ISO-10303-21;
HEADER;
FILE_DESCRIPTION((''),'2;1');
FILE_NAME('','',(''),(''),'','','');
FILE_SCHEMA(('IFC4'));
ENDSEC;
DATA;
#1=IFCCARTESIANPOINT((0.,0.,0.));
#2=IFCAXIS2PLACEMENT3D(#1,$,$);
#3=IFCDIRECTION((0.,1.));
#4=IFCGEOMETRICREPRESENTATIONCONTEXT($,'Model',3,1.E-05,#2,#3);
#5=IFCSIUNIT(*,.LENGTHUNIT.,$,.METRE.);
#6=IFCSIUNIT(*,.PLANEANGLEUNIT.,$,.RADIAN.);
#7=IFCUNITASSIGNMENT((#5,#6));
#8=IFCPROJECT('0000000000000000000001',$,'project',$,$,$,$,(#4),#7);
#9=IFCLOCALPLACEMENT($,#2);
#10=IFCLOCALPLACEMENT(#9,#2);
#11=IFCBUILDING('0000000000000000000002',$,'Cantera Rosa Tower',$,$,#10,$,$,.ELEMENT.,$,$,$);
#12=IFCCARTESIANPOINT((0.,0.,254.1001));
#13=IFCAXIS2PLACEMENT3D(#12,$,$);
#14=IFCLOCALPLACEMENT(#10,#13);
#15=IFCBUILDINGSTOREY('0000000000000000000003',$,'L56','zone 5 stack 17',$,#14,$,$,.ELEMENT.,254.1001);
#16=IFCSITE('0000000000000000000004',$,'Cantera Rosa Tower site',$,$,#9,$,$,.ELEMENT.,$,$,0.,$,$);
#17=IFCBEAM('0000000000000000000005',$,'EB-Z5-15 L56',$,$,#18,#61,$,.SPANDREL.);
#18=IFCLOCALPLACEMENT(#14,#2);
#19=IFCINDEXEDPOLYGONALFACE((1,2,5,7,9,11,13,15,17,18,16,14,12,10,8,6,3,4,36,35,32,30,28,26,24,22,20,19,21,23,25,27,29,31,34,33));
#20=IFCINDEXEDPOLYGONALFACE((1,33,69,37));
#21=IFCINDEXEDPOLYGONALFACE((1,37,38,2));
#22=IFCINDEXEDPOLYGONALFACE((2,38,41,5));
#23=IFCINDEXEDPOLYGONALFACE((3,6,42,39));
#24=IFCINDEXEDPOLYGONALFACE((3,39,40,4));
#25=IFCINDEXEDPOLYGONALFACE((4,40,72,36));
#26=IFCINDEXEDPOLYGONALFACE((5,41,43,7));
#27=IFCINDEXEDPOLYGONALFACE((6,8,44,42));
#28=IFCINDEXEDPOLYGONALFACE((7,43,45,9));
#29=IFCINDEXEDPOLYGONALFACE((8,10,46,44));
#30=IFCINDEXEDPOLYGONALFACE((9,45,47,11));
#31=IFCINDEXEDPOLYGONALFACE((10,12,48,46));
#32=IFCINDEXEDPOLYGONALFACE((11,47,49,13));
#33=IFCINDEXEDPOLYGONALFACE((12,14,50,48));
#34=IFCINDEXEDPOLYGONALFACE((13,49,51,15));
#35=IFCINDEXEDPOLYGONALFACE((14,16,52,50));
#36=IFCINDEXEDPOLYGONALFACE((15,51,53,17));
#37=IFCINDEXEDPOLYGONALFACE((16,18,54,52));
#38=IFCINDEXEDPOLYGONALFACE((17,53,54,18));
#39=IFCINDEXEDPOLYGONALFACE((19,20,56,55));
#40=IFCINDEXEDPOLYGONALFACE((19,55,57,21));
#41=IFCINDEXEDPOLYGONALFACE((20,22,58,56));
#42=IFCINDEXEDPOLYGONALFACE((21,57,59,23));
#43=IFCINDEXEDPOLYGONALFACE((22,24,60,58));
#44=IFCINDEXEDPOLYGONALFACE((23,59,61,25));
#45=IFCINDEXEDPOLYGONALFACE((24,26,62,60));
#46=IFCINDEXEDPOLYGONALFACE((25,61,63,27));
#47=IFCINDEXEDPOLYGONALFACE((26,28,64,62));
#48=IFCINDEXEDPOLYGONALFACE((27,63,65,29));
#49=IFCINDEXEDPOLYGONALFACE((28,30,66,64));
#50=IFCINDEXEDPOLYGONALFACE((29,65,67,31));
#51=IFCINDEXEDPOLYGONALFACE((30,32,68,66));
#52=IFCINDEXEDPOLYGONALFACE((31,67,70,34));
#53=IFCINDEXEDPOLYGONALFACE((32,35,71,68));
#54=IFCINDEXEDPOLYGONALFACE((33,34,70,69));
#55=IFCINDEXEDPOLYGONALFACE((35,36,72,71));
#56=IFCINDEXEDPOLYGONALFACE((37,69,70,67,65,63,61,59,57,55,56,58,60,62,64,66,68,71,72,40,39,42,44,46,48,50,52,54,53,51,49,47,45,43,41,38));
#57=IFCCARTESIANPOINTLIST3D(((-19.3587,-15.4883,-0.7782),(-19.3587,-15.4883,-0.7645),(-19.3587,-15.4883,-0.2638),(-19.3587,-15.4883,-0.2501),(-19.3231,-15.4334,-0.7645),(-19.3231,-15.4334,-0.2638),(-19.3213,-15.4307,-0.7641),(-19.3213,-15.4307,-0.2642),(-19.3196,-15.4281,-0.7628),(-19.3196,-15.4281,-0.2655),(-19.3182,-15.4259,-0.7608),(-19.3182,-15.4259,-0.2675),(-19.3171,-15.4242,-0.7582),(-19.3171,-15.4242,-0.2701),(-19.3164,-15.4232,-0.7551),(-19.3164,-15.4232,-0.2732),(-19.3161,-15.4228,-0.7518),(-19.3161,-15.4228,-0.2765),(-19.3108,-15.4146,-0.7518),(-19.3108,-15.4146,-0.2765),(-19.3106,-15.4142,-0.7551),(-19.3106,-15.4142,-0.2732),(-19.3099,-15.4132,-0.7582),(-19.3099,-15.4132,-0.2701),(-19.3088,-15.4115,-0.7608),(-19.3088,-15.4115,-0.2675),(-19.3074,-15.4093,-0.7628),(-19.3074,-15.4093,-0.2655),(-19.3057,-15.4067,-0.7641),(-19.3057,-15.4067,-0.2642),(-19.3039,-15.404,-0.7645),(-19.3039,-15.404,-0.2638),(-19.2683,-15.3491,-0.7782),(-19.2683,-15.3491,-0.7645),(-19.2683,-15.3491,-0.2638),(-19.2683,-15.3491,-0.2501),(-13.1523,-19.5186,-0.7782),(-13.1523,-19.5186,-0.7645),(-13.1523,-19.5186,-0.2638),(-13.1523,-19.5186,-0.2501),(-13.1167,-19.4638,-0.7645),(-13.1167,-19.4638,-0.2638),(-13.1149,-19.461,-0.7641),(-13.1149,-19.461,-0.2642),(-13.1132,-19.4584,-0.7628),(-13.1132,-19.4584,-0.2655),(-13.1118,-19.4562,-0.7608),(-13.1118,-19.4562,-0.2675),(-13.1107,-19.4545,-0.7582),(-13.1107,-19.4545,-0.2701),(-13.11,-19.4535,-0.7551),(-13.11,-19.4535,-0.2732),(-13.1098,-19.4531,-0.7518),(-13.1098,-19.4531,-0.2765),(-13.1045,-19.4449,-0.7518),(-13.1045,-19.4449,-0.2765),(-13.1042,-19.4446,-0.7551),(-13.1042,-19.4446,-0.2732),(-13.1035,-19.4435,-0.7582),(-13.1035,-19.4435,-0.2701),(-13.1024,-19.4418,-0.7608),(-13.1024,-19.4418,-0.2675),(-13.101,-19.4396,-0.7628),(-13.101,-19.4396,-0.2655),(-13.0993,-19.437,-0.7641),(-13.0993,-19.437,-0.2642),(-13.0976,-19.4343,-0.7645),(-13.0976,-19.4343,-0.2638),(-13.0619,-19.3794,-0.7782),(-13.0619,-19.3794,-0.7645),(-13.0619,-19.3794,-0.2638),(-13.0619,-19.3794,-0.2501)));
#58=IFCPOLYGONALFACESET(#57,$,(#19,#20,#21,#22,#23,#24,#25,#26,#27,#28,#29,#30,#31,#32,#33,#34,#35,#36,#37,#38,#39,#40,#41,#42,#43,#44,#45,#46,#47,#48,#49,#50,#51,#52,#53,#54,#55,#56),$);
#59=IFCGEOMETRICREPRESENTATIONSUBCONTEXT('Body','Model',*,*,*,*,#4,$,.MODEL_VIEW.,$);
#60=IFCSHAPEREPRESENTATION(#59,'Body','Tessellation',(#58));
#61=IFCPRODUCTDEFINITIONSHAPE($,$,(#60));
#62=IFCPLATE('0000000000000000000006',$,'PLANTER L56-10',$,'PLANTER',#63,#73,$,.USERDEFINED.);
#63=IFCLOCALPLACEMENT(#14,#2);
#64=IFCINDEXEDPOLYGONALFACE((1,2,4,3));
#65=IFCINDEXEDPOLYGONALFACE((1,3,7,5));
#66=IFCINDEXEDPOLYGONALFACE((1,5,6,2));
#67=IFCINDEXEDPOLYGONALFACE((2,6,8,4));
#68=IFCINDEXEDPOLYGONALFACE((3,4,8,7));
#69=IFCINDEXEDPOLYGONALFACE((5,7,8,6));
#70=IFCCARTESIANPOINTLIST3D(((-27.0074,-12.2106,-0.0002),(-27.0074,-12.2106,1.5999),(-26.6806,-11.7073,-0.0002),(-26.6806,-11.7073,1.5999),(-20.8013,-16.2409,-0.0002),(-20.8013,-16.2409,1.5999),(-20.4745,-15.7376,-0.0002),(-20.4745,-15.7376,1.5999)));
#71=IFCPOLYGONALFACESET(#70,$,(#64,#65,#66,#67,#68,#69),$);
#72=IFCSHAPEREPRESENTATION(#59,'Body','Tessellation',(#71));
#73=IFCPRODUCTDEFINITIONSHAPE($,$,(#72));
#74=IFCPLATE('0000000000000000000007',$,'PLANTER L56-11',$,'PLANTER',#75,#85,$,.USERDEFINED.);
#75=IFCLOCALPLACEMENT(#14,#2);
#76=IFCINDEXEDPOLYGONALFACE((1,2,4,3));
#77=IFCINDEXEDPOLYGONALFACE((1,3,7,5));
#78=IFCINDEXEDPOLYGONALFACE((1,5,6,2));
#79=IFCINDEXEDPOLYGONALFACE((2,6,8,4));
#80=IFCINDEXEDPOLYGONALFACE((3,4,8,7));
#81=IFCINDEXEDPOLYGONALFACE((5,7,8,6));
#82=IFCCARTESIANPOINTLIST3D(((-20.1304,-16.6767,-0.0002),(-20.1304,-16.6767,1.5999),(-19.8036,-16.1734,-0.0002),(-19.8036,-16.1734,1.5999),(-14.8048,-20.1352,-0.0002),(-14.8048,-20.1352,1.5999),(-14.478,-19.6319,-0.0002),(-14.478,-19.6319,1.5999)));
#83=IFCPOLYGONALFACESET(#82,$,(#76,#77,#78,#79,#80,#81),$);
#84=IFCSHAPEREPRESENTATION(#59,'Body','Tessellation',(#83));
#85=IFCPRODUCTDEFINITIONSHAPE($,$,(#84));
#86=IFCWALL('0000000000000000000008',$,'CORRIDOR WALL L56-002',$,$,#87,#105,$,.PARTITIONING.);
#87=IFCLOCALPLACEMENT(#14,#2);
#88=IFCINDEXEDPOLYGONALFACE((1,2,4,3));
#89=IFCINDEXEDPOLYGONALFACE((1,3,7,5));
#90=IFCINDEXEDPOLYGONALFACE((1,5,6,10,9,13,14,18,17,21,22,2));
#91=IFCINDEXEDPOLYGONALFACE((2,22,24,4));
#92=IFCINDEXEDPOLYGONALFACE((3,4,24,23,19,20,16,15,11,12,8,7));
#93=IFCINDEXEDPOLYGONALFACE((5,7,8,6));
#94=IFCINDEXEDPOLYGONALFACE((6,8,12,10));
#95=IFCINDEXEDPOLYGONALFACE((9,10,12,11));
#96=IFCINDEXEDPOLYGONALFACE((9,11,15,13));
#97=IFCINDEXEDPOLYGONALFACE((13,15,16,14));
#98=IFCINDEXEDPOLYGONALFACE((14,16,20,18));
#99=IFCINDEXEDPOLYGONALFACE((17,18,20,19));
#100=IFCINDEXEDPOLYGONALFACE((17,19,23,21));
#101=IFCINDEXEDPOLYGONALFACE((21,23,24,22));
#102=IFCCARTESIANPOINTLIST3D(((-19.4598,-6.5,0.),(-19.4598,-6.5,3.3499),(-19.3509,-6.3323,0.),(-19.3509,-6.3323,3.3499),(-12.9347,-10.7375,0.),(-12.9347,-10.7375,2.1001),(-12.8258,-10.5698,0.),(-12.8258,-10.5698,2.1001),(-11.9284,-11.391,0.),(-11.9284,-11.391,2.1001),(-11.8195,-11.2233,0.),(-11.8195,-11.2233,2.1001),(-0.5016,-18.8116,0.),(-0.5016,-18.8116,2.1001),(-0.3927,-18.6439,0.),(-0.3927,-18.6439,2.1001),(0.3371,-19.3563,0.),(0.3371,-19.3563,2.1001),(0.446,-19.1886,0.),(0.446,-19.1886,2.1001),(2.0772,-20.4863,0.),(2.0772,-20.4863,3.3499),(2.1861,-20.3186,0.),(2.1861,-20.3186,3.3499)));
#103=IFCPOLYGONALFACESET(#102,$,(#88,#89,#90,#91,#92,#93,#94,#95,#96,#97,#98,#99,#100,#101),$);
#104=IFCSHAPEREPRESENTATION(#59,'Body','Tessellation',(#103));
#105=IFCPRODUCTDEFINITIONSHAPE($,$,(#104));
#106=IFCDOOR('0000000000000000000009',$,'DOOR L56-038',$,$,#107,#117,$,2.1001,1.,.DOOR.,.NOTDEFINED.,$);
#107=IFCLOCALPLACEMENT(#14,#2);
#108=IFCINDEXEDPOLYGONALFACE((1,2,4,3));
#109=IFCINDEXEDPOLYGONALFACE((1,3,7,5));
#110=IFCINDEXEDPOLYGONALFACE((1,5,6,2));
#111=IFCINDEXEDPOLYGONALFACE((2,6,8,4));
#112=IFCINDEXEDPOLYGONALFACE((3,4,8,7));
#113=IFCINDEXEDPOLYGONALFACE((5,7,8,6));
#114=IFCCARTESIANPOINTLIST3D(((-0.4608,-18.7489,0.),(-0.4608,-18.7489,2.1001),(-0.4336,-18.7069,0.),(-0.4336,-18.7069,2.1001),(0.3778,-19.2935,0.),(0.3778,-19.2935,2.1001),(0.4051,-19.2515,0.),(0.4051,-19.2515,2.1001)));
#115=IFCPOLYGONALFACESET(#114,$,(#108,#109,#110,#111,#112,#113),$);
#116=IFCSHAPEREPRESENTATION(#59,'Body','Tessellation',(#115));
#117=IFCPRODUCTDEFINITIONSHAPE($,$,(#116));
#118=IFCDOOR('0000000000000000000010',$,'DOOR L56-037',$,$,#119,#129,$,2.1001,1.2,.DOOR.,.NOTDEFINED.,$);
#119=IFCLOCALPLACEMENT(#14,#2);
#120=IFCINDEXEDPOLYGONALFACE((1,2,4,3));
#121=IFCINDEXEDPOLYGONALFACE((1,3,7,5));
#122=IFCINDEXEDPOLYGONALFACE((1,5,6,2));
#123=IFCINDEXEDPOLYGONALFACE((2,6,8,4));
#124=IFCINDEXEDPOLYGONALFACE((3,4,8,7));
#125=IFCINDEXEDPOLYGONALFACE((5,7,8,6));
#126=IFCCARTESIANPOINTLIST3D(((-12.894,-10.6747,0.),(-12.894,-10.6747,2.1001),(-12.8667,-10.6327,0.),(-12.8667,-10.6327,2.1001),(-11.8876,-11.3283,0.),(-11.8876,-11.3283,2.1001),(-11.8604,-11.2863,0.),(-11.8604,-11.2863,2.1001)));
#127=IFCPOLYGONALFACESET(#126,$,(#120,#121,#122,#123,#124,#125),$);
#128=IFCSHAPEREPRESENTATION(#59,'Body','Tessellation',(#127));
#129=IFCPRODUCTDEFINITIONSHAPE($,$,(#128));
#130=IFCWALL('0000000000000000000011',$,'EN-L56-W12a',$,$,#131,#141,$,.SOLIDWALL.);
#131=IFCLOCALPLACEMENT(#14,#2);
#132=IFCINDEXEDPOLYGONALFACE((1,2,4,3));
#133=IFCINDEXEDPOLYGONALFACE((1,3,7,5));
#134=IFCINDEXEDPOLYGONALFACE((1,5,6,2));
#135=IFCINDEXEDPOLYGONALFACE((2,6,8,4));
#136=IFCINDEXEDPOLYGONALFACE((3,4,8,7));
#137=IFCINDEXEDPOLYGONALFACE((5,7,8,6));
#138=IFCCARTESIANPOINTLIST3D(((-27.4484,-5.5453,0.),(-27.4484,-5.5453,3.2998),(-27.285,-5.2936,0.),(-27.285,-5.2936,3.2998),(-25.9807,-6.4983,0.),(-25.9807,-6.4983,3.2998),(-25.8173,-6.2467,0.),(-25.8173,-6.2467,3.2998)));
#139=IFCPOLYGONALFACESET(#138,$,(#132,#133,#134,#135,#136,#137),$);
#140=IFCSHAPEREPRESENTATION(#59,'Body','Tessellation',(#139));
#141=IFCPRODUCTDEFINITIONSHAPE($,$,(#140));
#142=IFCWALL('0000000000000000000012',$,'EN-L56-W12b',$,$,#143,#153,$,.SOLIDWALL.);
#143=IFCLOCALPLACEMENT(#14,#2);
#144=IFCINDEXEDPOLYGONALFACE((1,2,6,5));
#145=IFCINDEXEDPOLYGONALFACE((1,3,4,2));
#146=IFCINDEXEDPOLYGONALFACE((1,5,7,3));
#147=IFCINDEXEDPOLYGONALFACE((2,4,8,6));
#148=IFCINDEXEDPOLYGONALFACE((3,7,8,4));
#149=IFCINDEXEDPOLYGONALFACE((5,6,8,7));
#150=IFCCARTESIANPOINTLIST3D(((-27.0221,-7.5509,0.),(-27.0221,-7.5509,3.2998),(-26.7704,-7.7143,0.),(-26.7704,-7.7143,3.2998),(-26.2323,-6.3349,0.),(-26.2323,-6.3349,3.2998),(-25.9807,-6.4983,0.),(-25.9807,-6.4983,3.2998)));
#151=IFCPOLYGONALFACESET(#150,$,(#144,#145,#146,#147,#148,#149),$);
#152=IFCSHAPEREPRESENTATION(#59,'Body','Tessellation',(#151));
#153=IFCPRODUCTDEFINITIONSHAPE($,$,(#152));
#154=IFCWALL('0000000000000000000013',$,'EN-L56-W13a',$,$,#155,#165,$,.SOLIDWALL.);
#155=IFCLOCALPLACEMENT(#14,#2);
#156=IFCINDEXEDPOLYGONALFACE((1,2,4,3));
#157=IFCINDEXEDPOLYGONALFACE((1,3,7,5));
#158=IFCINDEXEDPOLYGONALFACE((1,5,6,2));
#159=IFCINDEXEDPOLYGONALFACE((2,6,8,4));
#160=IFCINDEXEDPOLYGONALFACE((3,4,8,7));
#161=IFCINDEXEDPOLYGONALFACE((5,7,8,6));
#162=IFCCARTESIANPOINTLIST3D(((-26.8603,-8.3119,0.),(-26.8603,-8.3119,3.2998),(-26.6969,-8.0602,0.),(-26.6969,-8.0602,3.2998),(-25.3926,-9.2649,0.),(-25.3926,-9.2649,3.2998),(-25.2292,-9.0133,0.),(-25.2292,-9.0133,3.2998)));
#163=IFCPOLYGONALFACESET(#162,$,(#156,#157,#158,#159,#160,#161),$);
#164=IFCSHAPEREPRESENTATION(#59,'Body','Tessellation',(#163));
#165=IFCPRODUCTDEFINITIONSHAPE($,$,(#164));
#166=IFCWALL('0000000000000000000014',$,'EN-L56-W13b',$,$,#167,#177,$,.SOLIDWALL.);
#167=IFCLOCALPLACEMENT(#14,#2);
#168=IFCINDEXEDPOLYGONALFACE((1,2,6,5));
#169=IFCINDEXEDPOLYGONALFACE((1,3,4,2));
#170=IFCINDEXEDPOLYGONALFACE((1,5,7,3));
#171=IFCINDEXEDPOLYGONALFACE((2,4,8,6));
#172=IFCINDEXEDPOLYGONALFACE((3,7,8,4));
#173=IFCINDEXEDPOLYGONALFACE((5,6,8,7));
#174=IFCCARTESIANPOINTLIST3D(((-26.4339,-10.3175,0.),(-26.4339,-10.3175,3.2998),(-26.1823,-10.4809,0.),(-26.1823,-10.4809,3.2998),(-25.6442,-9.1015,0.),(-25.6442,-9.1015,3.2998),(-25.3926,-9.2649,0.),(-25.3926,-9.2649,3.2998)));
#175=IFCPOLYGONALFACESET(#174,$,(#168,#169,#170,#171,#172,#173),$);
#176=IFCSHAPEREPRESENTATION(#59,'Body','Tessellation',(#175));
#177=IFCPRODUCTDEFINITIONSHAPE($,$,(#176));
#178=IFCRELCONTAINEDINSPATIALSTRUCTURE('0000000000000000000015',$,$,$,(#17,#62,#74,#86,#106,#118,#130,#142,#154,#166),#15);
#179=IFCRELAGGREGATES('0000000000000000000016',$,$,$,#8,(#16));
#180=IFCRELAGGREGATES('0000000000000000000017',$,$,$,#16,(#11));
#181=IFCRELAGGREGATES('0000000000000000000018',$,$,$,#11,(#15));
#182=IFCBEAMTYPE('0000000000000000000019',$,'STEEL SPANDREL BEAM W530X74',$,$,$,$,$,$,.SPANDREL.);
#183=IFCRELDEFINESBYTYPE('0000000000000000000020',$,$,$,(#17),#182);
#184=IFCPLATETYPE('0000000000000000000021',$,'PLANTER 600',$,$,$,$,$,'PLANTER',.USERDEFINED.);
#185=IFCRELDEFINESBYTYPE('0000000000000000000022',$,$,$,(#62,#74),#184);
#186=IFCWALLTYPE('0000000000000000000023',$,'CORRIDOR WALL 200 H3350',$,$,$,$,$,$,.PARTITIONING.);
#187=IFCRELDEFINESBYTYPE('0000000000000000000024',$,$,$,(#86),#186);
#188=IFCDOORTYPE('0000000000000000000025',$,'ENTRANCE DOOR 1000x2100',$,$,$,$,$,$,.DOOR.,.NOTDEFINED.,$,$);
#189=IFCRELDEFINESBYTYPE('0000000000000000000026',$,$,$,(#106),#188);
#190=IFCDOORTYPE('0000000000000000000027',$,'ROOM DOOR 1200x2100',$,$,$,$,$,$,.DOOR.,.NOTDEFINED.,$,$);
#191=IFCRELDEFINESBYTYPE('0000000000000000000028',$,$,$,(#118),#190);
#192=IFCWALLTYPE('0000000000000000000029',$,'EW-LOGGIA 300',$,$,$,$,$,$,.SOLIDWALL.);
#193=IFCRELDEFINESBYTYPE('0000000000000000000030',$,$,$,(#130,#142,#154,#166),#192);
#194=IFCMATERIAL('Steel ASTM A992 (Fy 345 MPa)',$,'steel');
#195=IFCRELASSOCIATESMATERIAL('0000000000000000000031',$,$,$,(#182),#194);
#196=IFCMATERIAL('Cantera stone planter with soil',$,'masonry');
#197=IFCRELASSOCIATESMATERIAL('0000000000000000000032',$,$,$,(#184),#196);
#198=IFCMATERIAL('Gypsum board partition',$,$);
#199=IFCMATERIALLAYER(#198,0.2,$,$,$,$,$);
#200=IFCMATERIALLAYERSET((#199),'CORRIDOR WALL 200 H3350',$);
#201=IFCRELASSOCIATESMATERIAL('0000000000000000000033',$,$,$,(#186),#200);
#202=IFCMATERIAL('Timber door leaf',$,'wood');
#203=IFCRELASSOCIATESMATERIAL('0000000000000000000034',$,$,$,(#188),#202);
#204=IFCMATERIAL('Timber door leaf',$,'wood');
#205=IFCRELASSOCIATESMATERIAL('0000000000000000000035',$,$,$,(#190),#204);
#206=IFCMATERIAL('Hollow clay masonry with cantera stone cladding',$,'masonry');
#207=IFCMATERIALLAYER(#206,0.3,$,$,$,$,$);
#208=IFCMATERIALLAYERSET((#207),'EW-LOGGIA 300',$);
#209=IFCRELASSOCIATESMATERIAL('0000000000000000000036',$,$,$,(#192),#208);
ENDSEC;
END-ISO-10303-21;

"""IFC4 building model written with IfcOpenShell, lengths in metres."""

from ifc_helpers import new_model, si_unit, direction, frame, frame_2d, origin, origin_2d, place, context, subcontext, project, spatial, rectangle, i_section, extrude, material, layer, layer_set, material_profile, profile_set, type_object, element, fill, save


model = new_model("IFC4")

# Units and contexts
model_context = context("Model", 3, precision=1e-05, world=origin(), true_north=direction((0.0, 1.0)))
body_context = subcontext(model_context, "Body", "Model", "MODEL_VIEW")
ifc_project = project(units=[si_unit("LENGTHUNIT", "METRE"), si_unit("PLANEANGLEUNIT", "RADIAN")], contexts=[model_context])

# Site, building, storey
site_placement = place(None, origin())
site = spatial("IfcSite", under=ifc_project, at=site_placement, Name="Cantera Rosa Tower site", CompositionType="ELEMENT", RefElevation=0.0)
building_placement = place(site_placement, origin())
building = spatial("IfcBuilding", under=site, at=building_placement, Name="Cantera Rosa Tower", CompositionType="ELEMENT")
storey_placement = place(building_placement, frame((0.0, 0.0, 254.1001)))
storey = spatial("IfcBuildingStorey", under=building, at=storey_placement, Name="L56", Description="zone 5 stack 17", CompositionType="ELEMENT", Elevation=254.1001)

# Beam
ifc_material_1 = material(Name="Steel ASTM A992 (Fy 345 MPa)", Category="steel")
ifc_material_profile_1 = material_profile(ifc_material_1, i_section(OverallWidth=0.166, OverallDepth=0.5281, WebThickness=0.0098, FlangeThickness=0.0137, FilletRadius=0.0127, at=origin_2d()), Name="W530X74")
ifc_profile_set_1 = profile_set([ifc_material_profile_1], Name="Steel ASTM A992 (Fy 345 MPa)")
beam_type_1 = type_object("IfcBeamType", Name="STEEL SPANDREL BEAM W530X74", PredefinedType="SPANDREL", material=ifc_profile_set_1)
beam_1_placement = place(storey_placement, frame((-19.3135, -15.4187, -0.5142), z_axis=(0.838679, -0.544625, 0.0), x_axis=(0.544625, 0.838679, 0.0)))
element("IfcBeam", 1, at=beam_1_placement, inside=storey, type_object=beam_type_1, Name="EB-Z5-15 L56", PredefinedType="SPANDREL", context=body_context, shape_type="SweptSolid", body=[
    extrude(i_section(OverallWidth=0.166, OverallDepth=0.5281, WebThickness=0.0098, FlangeThickness=0.0137, FilletRadius=0.0127, at=origin_2d()), origin(), (0.0, 0.0, 1.0), 7.4001),
])

# Plates
ifc_material_2 = material(Name="Cantera stone planter with soil", Category="masonry")
plate_type = type_object("IfcPlateType", Name="PLANTER 600", ElementType="PLANTER", PredefinedType="USERDEFINED", material=ifc_material_2)
plate_1_placement = place(storey_placement, frame((-23.741, -13.9741, -0.0002), z_axis=(0.0, 0.0, 1.0), x_axis=(0.838671, -0.544639, 0.0)))
element("IfcPlate", 2, at=plate_1_placement, inside=storey, type_object=plate_type, Name="PLANTER L56-10", ObjectType="PLANTER", PredefinedType="USERDEFINED", context=body_context, shape_type="SweptSolid", body=[
    extrude(rectangle(XDim=7.3999, YDim=0.6001, at=origin_2d()), origin(), (0.0, 0.0, 1.0), 1.6001),
])
plate_2_placement = place(storey_placement, frame((-17.3042, -18.1543, -0.0002), z_axis=(0.0, 0.0, 1.0), x_axis=(0.838671, -0.544639, 0.0)))
element("IfcPlate", 3, at=plate_2_placement, inside=storey, type_object=plate_type, Name="PLANTER L56-11", ObjectType="PLANTER", PredefinedType="USERDEFINED", context=body_context, shape_type="SweptSolid", body=[
    extrude(rectangle(XDim=6.3501, YDim=0.6001, at=origin_2d()), origin(), (0.0, 0.0, 1.0), 1.6001),
])

# Wall, openings, doors
ifc_material_3 = material(Name="Gypsum board partition")
ifc_layer_1 = layer(ifc_material_3, 0.2)
ifc_layer_set_1 = layer_set([ifc_layer_1], Name="CORRIDOR WALL 200 H3350")
wall_type_1 = type_object("IfcWallType", Name="CORRIDOR WALL 200 H3350", PredefinedType="PARTITIONING", material=ifc_layer_set_1)
wall_1_placement = place(storey_placement, frame((-19.4053, -6.4163, 0.0), z_axis=(0.0, 0.0, 1.0), x_axis=(0.838671, -0.544638, 0.0)))
wall_1 = element("IfcWall", 4, at=wall_1_placement, inside=storey, type_object=wall_type_1, Name="CORRIDOR WALL L56-002", PredefinedType="PARTITIONING", context=body_context, shape_type="SweptSolid", body=[
    extrude(rectangle(XDim=25.6799, YDim=0.2, at=frame_2d((12.8398, 0.0))), origin(), (0.0, 0.0, 1.0), 3.3499),
])
opening_1_placement = place(wall_1_placement, frame((7.78, 0.0, 0.0)))
opening_1 = element("IfcOpeningElement", 5, at=opening_1_placement, cuts=wall_1, PredefinedType="OPENING", context=body_context, shape_type="SweptSolid", body=[
    extrude(rectangle(XDim=1.2, YDim=2.1001, at=frame_2d((0.6001, 1.05))), frame((0.0, 0.1099, 0.0), z_axis=(0.0, -1.0, 0.0), x_axis=(1.0, 0.0, 0.0)), (0.0, 0.0, 1.0), 0.22),
])
opening_2_placement = place(wall_1_placement, frame((22.605, 0.0, 0.0)))
opening_2 = element("IfcOpeningElement", 6, at=opening_2_placement, cuts=wall_1, PredefinedType="OPENING", context=body_context, shape_type="SweptSolid", body=[
    extrude(rectangle(XDim=1.0, YDim=2.1001, at=frame_2d((0.5, 1.05))), frame((0.0, 0.1099, 0.0), z_axis=(0.0, -1.0, 0.0), x_axis=(1.0, 0.0, 0.0)), (0.0, 0.0, 1.0), 0.22),
])
ifc_material_4 = material(Name="Timber door leaf", Category="wood")
door_type_1 = type_object("IfcDoorType", Name="ENTRANCE DOOR 1000x2100", OperationType="NOTDEFINED", PredefinedType="DOOR", material=ifc_material_4)
door_1_placement = place(opening_2_placement, origin())
door_1 = element("IfcDoor", 7, at=door_1_placement, inside=storey, type_object=door_type_1, Name="DOOR L56-038", OperationType="NOTDEFINED", OverallHeight=2.1001, OverallWidth=1.0, PredefinedType="DOOR", context=body_context, shape_type="SweptSolid", body=[
    extrude(rectangle(XDim=1.0, YDim=2.1001, at=frame_2d((0.5, 1.05))), frame((0.0, 0.0249, 0.0), z_axis=(0.0, -1.0, 0.0), x_axis=(1.0, 0.0, 0.0)), (0.0, 0.0, 1.0), 0.05),
])
fill(opening_2, door_1)
ifc_material_5 = material(Name="Timber door leaf", Category="wood")
door_type_2 = type_object("IfcDoorType", Name="ROOM DOOR 1200x2100", OperationType="NOTDEFINED", PredefinedType="DOOR", material=ifc_material_5)
door_2_placement = place(opening_1_placement, origin())
door_2 = element("IfcDoor", 8, at=door_2_placement, inside=storey, type_object=door_type_2, Name="DOOR L56-037", OperationType="NOTDEFINED", OverallHeight=2.1001, OverallWidth=1.2, PredefinedType="DOOR", context=body_context, shape_type="SweptSolid", body=[
    extrude(rectangle(XDim=1.2, YDim=2.1001, at=frame_2d((0.6001, 1.05))), frame((0.0, 0.0249, 0.0), z_axis=(0.0, -1.0, 0.0), x_axis=(1.0, 0.0, 0.0)), (0.0, 0.0, 1.0), 0.05),
])
fill(opening_1, door_2)

# Walls
ifc_material_6 = material(Name="Hollow clay masonry with cantera stone cladding", Category="masonry")
ifc_layer_2 = layer(ifc_material_6, 0.3)
ifc_layer_set_2 = layer_set([ifc_layer_2], Name="EW-LOGGIA 300")
wall_type_2 = type_object("IfcWallType", Name="EW-LOGGIA 300", PredefinedType="SOLIDWALL", material=ifc_layer_set_2)
wall_2_placement = place(storey_placement, frame((-27.3667, -5.4194, 0.0), z_axis=(0.0, 0.0, 1.0), x_axis=(0.838686, -0.544616, 0.0)))
element("IfcWall", 9, at=wall_2_placement, inside=storey, type_object=wall_type_2, Name="EN-L56-W12a", PredefinedType="SOLIDWALL", context=body_context, shape_type="SweptSolid", body=[
    extrude(rectangle(XDim=1.75, YDim=0.3, at=frame_2d((0.875, 0.0))), origin(), (0.0, 0.0, 1.0), 3.2998),
])
wall_3_placement = place(storey_placement, frame((-26.1064, -6.4165, 0.0), z_axis=(0.0, 0.0, 1.0), x_axis=(-0.544675, -0.838647, 0.0)))
element("IfcWall", 10, at=wall_3_placement, inside=storey, type_object=wall_type_2, Name="EN-L56-W12b", PredefinedType="SOLIDWALL", context=body_context, shape_type="SweptSolid", body=[
    extrude(rectangle(XDim=1.45, YDim=0.3, at=frame_2d((0.7251, 0.0))), origin(), (0.0, 0.0, 1.0), 3.2998),
])
wall_4_placement = place(storey_placement, frame((-26.7786, -8.186, 0.0), z_axis=(0.0, 0.0, 1.0), x_axis=(0.838686, -0.544616, 0.0)))
element("IfcWall", 11, at=wall_4_placement, inside=storey, type_object=wall_type_2, Name="EN-L56-W13a", PredefinedType="SOLIDWALL", context=body_context, shape_type="SweptSolid", body=[
    extrude(rectangle(XDim=1.75, YDim=0.3, at=frame_2d((0.875, 0.0))), origin(), (0.0, 0.0, 1.0), 3.2998),
])
wall_5_placement = place(storey_placement, frame((-25.5183, -9.1831, 0.0), z_axis=(0.0, 0.0, 1.0), x_axis=(-0.544675, -0.838647, 0.0)))
element("IfcWall", 12, at=wall_5_placement, inside=storey, type_object=wall_type_2, Name="EN-L56-W13b", PredefinedType="SOLIDWALL", context=body_context, shape_type="SweptSolid", body=[
    extrude(rectangle(XDim=1.45, YDim=0.3, at=frame_2d((0.7251, 0.0))), origin(), (0.0, 0.0, 1.0), 3.2998),
])

save(model, "model.ifc")
